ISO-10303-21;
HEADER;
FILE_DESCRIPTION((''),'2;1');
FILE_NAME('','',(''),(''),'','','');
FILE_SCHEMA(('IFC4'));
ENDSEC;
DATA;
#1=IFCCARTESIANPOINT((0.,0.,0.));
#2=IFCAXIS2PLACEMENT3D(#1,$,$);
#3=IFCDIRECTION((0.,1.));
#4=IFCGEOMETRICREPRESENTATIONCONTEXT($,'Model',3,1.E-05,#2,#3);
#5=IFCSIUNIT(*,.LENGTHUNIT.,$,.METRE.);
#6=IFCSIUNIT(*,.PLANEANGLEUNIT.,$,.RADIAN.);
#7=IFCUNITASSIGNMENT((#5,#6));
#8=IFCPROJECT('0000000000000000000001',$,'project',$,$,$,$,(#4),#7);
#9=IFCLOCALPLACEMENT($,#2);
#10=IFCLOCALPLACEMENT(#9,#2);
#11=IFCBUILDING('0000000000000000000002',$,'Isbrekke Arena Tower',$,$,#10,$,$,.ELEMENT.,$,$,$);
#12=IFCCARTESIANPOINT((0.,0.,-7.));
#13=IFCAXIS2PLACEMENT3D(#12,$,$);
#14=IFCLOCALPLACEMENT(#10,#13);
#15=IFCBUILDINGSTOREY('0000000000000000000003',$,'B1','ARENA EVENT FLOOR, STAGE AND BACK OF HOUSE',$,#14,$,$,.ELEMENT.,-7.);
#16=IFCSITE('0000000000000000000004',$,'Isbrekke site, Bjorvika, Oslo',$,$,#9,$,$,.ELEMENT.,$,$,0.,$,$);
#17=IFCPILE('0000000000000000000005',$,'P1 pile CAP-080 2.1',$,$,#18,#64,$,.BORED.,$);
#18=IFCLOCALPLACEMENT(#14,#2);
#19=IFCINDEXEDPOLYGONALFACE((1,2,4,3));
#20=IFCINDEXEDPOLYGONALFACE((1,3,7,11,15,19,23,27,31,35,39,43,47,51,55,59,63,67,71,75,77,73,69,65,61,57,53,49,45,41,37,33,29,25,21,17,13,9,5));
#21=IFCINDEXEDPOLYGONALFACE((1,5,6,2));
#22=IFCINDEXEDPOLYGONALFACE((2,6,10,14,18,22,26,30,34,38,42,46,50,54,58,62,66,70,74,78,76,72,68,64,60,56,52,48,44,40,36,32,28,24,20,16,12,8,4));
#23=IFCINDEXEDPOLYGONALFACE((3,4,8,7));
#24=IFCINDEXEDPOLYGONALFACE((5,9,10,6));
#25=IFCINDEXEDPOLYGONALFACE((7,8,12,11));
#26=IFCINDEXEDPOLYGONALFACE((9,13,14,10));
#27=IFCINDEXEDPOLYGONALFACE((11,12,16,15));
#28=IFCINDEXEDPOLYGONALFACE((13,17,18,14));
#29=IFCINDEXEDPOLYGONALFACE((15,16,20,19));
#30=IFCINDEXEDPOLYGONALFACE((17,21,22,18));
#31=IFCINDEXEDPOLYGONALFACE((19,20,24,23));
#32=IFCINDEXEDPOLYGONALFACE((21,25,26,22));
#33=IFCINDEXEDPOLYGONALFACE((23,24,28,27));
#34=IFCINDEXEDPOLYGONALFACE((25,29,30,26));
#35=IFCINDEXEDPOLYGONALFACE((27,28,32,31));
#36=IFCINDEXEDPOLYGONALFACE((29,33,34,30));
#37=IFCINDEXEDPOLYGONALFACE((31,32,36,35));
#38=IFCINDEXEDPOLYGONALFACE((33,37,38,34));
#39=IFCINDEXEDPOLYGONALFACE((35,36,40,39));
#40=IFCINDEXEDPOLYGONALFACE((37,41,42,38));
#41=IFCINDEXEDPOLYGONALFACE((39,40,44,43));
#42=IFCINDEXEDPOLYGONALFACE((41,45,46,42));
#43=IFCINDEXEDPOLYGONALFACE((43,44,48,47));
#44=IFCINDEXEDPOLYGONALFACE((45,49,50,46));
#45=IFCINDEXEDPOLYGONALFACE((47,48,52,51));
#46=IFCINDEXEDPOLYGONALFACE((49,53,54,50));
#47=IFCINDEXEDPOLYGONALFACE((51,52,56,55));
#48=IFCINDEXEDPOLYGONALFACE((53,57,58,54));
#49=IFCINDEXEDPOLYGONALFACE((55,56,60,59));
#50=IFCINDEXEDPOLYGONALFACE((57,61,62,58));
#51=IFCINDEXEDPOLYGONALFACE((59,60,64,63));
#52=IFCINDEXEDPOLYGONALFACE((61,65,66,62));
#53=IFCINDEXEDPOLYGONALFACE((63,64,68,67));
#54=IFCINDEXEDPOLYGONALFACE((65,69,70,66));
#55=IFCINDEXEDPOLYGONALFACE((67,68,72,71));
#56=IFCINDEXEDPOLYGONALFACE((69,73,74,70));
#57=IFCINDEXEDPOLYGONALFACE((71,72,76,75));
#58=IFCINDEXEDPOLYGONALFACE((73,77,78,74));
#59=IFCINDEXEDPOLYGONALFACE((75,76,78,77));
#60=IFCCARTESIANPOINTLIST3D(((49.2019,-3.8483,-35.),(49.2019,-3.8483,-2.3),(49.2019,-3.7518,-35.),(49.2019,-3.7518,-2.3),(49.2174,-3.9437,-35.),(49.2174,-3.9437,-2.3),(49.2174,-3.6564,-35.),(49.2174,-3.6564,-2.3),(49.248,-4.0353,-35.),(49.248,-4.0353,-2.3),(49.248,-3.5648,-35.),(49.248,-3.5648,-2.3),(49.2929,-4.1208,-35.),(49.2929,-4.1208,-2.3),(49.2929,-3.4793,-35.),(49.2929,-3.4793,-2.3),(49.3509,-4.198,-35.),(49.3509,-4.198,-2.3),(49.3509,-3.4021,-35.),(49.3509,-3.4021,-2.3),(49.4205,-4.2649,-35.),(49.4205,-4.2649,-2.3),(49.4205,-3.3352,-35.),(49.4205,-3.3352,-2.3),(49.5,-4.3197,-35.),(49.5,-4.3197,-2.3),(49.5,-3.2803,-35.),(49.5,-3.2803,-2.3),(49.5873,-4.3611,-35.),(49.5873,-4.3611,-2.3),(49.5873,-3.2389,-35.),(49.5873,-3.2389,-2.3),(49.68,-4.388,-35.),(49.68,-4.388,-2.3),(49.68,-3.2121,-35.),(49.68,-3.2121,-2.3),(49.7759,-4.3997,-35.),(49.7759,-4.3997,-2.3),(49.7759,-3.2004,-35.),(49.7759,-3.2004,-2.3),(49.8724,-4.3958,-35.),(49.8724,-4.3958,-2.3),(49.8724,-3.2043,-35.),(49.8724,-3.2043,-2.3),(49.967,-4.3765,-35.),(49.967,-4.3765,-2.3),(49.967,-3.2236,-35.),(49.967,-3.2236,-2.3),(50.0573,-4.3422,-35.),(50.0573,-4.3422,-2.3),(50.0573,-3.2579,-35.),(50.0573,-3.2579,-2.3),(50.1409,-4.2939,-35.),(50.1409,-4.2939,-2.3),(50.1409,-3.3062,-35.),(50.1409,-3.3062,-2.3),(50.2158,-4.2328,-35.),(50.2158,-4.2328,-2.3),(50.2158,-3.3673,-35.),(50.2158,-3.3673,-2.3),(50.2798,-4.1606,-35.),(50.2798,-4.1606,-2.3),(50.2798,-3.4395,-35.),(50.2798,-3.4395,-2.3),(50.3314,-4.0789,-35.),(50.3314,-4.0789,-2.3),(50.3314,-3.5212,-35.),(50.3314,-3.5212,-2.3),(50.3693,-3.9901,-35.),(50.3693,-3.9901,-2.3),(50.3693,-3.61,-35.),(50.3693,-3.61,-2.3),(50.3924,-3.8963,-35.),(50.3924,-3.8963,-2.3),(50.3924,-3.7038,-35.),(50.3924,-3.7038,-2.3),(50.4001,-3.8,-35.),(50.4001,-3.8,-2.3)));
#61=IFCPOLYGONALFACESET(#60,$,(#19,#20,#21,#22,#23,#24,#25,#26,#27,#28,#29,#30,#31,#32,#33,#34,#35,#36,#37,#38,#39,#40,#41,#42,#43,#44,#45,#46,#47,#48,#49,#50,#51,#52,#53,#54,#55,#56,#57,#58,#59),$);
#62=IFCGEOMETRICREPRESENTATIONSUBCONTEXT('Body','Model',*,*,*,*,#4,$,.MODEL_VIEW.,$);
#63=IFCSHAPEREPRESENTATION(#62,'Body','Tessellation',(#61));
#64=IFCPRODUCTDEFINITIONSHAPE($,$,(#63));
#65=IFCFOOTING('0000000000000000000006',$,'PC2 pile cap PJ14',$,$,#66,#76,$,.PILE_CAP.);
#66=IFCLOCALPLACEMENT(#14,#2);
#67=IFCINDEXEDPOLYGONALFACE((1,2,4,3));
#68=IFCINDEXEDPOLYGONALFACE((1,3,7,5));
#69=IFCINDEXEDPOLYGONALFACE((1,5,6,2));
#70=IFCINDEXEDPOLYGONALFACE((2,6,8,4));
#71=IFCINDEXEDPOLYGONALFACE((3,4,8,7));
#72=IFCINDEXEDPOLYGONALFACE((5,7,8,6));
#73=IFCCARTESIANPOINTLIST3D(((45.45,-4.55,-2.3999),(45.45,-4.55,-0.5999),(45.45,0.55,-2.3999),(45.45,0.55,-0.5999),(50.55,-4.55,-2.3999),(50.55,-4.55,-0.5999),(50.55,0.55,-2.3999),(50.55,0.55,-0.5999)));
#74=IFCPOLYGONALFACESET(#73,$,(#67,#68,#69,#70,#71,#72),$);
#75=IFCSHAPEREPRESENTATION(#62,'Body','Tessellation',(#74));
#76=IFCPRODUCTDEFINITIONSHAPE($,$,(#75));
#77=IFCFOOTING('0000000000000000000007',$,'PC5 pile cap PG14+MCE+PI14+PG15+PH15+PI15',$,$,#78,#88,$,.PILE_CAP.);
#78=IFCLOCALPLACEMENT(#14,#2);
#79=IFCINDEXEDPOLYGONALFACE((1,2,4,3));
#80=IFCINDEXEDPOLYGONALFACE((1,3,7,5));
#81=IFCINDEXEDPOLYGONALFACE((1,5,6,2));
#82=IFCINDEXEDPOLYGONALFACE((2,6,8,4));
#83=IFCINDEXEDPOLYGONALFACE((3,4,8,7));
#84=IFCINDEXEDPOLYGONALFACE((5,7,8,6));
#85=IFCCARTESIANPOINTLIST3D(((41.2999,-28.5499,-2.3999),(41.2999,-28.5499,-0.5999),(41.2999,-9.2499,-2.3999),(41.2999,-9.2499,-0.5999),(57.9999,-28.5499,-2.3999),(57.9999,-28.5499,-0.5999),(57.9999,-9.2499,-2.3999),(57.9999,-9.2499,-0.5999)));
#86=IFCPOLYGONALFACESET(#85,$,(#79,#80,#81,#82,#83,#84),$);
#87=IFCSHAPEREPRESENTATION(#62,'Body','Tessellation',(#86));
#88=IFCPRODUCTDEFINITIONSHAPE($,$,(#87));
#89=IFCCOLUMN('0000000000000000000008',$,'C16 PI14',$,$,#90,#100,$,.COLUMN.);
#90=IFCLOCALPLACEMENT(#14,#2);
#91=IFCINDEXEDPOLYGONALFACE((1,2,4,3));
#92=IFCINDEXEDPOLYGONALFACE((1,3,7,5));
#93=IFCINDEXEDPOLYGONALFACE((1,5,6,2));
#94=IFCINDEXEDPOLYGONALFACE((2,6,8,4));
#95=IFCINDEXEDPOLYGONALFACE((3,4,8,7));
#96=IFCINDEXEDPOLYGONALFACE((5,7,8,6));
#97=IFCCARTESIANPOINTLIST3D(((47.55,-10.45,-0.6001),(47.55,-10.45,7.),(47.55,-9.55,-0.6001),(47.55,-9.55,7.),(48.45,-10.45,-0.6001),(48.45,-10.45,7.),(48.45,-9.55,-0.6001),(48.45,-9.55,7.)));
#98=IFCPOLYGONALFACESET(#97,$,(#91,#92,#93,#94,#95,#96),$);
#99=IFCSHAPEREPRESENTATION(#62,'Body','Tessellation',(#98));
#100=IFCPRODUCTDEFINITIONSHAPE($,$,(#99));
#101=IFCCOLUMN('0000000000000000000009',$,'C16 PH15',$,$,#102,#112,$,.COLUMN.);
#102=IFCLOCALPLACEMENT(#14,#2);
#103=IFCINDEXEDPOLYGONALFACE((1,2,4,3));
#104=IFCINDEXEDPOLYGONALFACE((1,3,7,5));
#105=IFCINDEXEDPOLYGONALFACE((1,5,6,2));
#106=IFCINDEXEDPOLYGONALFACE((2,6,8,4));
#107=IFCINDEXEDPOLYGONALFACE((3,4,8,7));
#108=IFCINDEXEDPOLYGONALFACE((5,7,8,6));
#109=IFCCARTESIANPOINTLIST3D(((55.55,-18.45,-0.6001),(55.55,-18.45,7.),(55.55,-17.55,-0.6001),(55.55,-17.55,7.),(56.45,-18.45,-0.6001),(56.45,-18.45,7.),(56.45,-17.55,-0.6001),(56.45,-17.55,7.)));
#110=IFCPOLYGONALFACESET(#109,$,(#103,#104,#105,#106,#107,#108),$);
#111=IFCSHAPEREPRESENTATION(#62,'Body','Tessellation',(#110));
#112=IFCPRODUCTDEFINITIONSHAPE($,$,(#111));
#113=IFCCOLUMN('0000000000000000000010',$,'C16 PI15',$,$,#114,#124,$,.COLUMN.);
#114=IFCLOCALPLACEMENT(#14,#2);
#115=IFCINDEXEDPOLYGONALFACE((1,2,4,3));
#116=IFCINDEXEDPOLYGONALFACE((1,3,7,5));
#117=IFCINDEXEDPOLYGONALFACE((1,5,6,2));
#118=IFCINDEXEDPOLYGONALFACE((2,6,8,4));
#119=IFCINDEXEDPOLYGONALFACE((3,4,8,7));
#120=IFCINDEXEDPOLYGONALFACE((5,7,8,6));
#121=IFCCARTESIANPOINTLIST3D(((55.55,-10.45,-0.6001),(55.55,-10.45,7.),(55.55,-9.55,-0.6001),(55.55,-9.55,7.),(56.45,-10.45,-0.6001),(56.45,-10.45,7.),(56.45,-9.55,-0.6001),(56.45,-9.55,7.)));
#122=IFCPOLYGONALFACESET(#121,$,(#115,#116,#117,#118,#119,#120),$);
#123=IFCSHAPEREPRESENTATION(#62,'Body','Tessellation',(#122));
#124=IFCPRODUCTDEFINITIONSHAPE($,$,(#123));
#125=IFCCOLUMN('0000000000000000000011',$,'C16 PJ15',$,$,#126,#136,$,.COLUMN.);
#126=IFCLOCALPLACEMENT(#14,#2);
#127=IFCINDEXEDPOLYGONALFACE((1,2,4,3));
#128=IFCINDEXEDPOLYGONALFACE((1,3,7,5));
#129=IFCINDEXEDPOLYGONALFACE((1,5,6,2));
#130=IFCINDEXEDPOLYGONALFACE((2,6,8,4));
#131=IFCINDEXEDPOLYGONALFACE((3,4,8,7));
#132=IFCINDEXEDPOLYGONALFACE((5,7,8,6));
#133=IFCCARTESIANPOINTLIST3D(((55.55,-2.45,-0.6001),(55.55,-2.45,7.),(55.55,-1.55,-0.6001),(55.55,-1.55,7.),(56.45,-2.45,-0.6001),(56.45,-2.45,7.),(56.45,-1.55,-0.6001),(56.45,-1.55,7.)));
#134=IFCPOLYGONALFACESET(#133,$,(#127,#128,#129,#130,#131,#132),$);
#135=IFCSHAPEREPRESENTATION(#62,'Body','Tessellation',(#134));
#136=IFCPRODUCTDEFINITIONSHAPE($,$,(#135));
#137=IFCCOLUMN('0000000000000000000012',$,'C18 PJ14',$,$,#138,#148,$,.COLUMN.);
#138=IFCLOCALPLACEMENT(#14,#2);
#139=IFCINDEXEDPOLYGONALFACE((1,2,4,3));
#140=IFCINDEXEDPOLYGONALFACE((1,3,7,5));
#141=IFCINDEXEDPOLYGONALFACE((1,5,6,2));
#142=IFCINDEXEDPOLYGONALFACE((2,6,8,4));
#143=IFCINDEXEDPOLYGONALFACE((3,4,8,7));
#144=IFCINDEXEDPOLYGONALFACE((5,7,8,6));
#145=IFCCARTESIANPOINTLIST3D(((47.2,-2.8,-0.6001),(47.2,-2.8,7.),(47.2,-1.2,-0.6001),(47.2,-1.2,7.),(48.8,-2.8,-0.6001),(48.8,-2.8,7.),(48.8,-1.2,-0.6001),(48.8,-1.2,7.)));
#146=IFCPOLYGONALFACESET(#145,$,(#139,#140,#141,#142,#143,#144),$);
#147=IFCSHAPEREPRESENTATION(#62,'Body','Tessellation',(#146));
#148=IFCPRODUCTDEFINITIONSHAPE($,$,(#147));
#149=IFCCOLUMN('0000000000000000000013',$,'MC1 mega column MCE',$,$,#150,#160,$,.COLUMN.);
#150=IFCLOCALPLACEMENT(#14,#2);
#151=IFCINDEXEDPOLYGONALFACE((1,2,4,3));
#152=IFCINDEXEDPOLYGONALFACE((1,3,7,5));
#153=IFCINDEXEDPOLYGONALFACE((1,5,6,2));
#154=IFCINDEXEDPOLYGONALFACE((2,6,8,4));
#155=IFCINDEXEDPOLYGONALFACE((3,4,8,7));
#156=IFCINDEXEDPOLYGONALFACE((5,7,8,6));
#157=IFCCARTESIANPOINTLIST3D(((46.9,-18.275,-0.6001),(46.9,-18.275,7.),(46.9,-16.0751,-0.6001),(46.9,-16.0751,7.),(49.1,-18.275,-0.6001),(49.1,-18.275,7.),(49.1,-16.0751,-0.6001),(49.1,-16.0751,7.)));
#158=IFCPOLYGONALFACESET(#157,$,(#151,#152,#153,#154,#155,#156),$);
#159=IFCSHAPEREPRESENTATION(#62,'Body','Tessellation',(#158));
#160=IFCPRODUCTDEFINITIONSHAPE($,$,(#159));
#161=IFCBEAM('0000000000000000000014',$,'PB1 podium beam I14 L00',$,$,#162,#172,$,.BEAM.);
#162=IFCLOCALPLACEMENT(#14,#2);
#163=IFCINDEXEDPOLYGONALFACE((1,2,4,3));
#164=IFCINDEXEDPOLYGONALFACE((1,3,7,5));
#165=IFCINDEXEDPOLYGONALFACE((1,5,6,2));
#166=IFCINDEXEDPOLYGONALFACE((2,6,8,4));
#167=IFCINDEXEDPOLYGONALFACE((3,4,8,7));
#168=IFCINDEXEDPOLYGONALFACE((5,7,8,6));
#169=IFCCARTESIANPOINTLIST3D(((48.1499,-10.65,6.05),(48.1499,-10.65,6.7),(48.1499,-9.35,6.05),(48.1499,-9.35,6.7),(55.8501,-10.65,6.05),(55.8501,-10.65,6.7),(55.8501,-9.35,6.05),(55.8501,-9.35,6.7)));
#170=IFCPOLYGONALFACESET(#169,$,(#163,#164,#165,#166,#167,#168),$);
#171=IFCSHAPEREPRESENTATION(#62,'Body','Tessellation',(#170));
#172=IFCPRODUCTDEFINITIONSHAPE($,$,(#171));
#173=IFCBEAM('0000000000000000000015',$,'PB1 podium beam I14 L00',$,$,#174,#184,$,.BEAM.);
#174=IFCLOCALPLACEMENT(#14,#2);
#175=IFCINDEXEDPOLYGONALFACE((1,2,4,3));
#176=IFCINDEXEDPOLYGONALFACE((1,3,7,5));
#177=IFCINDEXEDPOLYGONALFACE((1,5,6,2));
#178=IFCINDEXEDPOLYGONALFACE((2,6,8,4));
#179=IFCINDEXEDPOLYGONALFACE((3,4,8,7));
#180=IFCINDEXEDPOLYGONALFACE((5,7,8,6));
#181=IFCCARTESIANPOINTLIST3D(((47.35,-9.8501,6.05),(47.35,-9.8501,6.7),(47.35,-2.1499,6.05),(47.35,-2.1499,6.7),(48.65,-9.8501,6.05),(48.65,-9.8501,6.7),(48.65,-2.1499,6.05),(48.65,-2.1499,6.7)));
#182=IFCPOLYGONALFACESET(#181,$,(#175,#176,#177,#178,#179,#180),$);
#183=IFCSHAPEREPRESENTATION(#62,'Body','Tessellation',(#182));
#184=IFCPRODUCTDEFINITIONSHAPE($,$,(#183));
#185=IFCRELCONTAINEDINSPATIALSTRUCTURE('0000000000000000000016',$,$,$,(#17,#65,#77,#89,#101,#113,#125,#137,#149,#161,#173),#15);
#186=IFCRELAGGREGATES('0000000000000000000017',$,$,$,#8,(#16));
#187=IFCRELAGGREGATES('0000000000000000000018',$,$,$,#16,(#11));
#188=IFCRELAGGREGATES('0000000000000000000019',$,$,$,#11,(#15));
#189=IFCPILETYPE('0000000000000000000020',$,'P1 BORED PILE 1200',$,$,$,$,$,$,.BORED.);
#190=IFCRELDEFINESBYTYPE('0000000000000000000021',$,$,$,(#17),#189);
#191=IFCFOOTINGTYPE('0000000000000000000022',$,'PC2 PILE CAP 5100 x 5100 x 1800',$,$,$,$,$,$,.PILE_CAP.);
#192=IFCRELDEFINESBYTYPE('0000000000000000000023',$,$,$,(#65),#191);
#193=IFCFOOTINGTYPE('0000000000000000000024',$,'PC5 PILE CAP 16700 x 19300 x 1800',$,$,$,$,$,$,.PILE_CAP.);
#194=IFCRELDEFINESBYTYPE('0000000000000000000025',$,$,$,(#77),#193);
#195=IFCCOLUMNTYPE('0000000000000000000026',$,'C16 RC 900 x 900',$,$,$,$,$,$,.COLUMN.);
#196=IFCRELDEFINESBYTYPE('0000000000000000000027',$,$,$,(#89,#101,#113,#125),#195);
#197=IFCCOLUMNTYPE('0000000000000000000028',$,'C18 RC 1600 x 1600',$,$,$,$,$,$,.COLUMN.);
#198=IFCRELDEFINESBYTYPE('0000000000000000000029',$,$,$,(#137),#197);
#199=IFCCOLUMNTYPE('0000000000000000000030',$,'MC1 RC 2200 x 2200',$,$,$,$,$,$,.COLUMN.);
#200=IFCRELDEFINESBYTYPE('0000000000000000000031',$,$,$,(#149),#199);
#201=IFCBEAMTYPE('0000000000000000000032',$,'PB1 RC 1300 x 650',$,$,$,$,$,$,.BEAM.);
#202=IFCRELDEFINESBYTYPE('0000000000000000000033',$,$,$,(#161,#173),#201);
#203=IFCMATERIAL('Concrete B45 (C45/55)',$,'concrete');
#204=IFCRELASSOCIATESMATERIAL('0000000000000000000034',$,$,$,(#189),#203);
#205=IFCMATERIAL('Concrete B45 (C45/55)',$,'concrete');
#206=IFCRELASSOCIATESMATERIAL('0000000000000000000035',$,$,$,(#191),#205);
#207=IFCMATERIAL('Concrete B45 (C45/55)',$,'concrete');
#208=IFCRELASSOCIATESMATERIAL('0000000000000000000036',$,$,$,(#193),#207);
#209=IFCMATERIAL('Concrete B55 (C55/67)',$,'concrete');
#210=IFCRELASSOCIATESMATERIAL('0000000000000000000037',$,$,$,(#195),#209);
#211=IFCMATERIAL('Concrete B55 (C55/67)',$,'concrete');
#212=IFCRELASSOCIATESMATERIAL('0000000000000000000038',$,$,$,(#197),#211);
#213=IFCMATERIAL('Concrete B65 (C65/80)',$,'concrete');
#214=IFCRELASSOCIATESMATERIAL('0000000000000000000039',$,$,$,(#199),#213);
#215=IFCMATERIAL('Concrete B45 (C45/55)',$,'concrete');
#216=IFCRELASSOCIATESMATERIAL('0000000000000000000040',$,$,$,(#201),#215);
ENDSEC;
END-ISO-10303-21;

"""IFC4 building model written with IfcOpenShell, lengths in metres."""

from ifc_helpers import new_model, si_unit, direction, frame, origin, origin_2d, place, context, subcontext, project, spatial, rectangle, circle, extrude, material, material_profile, profile_set, type_object, element, save


model = new_model("IFC4")

# Units and contexts
model_context = context("Model", 3, precision=1e-05, world=origin(), true_north=direction((0.0, 1.0)))
body_context = subcontext(model_context, "Body", "Model", "MODEL_VIEW")
ifc_project = project(units=[si_unit("LENGTHUNIT", "METRE"), si_unit("PLANEANGLEUNIT", "RADIAN")], contexts=[model_context])

# Site, building, storey
site_placement = place(None, origin())
site = spatial("IfcSite", under=ifc_project, at=site_placement, Name="Isbrekke site, Bjorvika, Oslo", CompositionType="ELEMENT", RefElevation=0.0)
building_placement = place(site_placement, origin())
building = spatial("IfcBuilding", under=site, at=building_placement, Name="Isbrekke Arena Tower", CompositionType="ELEMENT")
storey_placement = place(building_placement, frame((0.0, 0.0, -7.0)))
storey = spatial("IfcBuildingStorey", under=building, at=storey_placement, Name="B1", Description="ARENA EVENT FLOOR, STAGE AND BACK OF HOUSE", CompositionType="ELEMENT", Elevation=-7.0)

# Pile
ifc_material_1 = material(Name="Concrete B45 (C45/55)", Category="concrete")
ifc_material_profile_1 = material_profile(ifc_material_1, circle(Radius=0.6001, at=origin_2d()), Name="BORED PILE D1200")
ifc_profile_set_1 = profile_set([ifc_material_profile_1], Name="Concrete B45 (C45/55)")
pile_type = type_object("IfcPileType", Name="P1 BORED PILE 1200", PredefinedType="BORED", material=ifc_profile_set_1)
for number, where, z_axis, x_axis, name in (
    (1, (49.8, -3.8, -2.3), (0.0, 0.0, -1.0), (1.0, 0.0, 0.0), "P1 pile CAP-080 2.1"),
):
    element("IfcPile", number, at=place(storey_placement, frame(where, z_axis=z_axis, x_axis=x_axis)), inside=storey, type_object=pile_type, Name=name, PredefinedType="BORED", context=body_context, shape_type="SweptSolid", body=[
        extrude(circle(Radius=0.6001, at=origin_2d()), origin(), (0.0, 0.0, 1.0), 32.7),
    ])

# Footings
ifc_material_2 = material(Name="Concrete B45 (C45/55)", Category="concrete")
footing_type_1 = type_object("IfcFootingType", Name="PC2 PILE CAP 5100 x 5100 x 1800", PredefinedType="PILE_CAP", material=ifc_material_2)
footing_1_placement = place(storey_placement, frame((48.0, -2.0, -2.3999), z_axis=(0.0, 0.0, 1.0), x_axis=(1.0, 0.0, 0.0)))
element("IfcFooting", 2, at=footing_1_placement, inside=storey, type_object=footing_type_1, Name="PC2 pile cap PJ14", PredefinedType="PILE_CAP", context=body_context, shape_type="SweptSolid", body=[
    extrude(rectangle(XDim=5.1001, YDim=5.1001, at=origin_2d()), origin(), (0.0, 0.0, 1.0), 1.8),
])
ifc_material_3 = material(Name="Concrete B45 (C45/55)", Category="concrete")
footing_type_2 = type_object("IfcFootingType", Name="PC5 PILE CAP 16700 x 19300 x 1800", PredefinedType="PILE_CAP", material=ifc_material_3)
footing_2_placement = place(storey_placement, frame((49.6499, -18.8999, -2.3999), z_axis=(0.0, 0.0, 1.0), x_axis=(1.0, 0.0, 0.0)))
element("IfcFooting", 3, at=footing_2_placement, inside=storey, type_object=footing_type_2, Name="PC5 pile cap PG14+MCE+PI14+PG15+PH15+PI15", PredefinedType="PILE_CAP", context=body_context, shape_type="SweptSolid", body=[
    extrude(rectangle(XDim=16.7, YDim=19.3, at=origin_2d()), origin(), (0.0, 0.0, 1.0), 1.8),
])

# Columns
ifc_material_4 = material(Name="Concrete B55 (C55/67)", Category="concrete")
ifc_material_profile_2 = material_profile(ifc_material_4, rectangle(XDim=0.8999, YDim=0.8999, at=origin_2d()), Name="RC 900x900")
ifc_profile_set_2 = profile_set([ifc_material_profile_2], Name="Concrete B55 (C55/67)")
column_type_1 = type_object("IfcColumnType", Name="C16 RC 900 x 900", PredefinedType="COLUMN", material=ifc_profile_set_2)
for number, where, z_axis, x_axis, name in (
    (4, (48.0, -10.0, -0.6001), (0.0, 0.0, 1.0), (1.0, 0.0, 0.0), "C16 PI14"),
    (5, (56.0, -18.0, -0.6001), (0.0, 0.0, 1.0), (1.0, 0.0, 0.0), "C16 PH15"),
    (6, (56.0, -10.0, -0.6001), (0.0, 0.0, 1.0), (1.0, 0.0, 0.0), "C16 PI15"),
    (7, (56.0, -2.0, -0.6001), (0.0, 0.0, 1.0), (1.0, 0.0, 0.0), "C16 PJ15"),
):
    element("IfcColumn", number, at=place(storey_placement, frame(where, z_axis=z_axis, x_axis=x_axis)), inside=storey, type_object=column_type_1, Name=name, PredefinedType="COLUMN", context=body_context, shape_type="SweptSolid", body=[
        extrude(rectangle(XDim=0.8999, YDim=0.8999, at=origin_2d()), origin(), (0.0, 0.0, 1.0), 7.6001),
    ])
ifc_material_5 = material(Name="Concrete B55 (C55/67)", Category="concrete")
ifc_material_profile_3 = material_profile(ifc_material_5, rectangle(XDim=1.6001, YDim=1.6001, at=origin_2d()), Name="RC 1600x1600")
ifc_profile_set_3 = profile_set([ifc_material_profile_3], Name="Concrete B55 (C55/67)")
column_type_2 = type_object("IfcColumnType", Name="C18 RC 1600 x 1600", PredefinedType="COLUMN", material=ifc_profile_set_3)
column_1_placement = place(storey_placement, frame((48.0, -2.0, -0.6001), z_axis=(0.0, 0.0, 1.0), x_axis=(1.0, 0.0, 0.0)))
element("IfcColumn", 8, at=column_1_placement, inside=storey, type_object=column_type_2, Name="C18 PJ14", PredefinedType="COLUMN", context=body_context, shape_type="SweptSolid", body=[
    extrude(rectangle(XDim=1.6001, YDim=1.6001, at=origin_2d()), origin(), (0.0, 0.0, 1.0), 7.6001),
])
ifc_material_6 = material(Name="Concrete B65 (C65/80)", Category="concrete")
ifc_material_profile_4 = material_profile(ifc_material_6, rectangle(XDim=2.2, YDim=2.2, at=origin_2d()), Name="RC 2200x2200")
ifc_profile_set_4 = profile_set([ifc_material_profile_4], Name="Concrete B65 (C65/80)")
column_type_3 = type_object("IfcColumnType", Name="MC1 RC 2200 x 2200", PredefinedType="COLUMN", material=ifc_profile_set_4)
column_2_placement = place(storey_placement, frame((48.0, -17.175, -0.6001), z_axis=(0.0, 0.0, 1.0), x_axis=(1.0, 0.0, 0.0)))
element("IfcColumn", 9, at=column_2_placement, inside=storey, type_object=column_type_3, Name="MC1 mega column MCE", PredefinedType="COLUMN", context=body_context, shape_type="SweptSolid", body=[
    extrude(rectangle(XDim=2.2, YDim=2.2, at=origin_2d()), origin(), (0.0, 0.0, 1.0), 7.6001),
])

# Beams
ifc_material_7 = material(Name="Concrete B45 (C45/55)", Category="concrete")
ifc_material_profile_5 = material_profile(ifc_material_7, rectangle(XDim=1.3, YDim=0.6499, at=origin_2d()), Name="RC 1300x650")
ifc_profile_set_5 = profile_set([ifc_material_profile_5], Name="Concrete B45 (C45/55)")
beam_type = type_object("IfcBeamType", Name="PB1 RC 1300 x 650", PredefinedType="BEAM", material=ifc_profile_set_5)
for number, where, z_axis, x_axis, name in (
    (10, (48.1499, -10.0, 6.375), (1.0, 0.0, 0.0), (0.0, 1.0, 0.0), "PB1 podium beam I14 L00"),
    (11, (48.0, -9.8501, 6.375), (0.0, 1.0, 0.0), (-1.0, 0.0, 0.0), "PB1 podium beam I14 L00"),
):
    element("IfcBeam", number, at=place(storey_placement, frame(where, z_axis=z_axis, x_axis=x_axis)), inside=storey, type_object=beam_type, Name=name, PredefinedType="BEAM", context=body_context, shape_type="SweptSolid", body=[
        extrude(rectangle(XDim=1.3, YDim=0.6499, at=origin_2d()), origin(), (0.0, 0.0, 1.0), 7.7002),
    ])

save(model, "model.ifc")
